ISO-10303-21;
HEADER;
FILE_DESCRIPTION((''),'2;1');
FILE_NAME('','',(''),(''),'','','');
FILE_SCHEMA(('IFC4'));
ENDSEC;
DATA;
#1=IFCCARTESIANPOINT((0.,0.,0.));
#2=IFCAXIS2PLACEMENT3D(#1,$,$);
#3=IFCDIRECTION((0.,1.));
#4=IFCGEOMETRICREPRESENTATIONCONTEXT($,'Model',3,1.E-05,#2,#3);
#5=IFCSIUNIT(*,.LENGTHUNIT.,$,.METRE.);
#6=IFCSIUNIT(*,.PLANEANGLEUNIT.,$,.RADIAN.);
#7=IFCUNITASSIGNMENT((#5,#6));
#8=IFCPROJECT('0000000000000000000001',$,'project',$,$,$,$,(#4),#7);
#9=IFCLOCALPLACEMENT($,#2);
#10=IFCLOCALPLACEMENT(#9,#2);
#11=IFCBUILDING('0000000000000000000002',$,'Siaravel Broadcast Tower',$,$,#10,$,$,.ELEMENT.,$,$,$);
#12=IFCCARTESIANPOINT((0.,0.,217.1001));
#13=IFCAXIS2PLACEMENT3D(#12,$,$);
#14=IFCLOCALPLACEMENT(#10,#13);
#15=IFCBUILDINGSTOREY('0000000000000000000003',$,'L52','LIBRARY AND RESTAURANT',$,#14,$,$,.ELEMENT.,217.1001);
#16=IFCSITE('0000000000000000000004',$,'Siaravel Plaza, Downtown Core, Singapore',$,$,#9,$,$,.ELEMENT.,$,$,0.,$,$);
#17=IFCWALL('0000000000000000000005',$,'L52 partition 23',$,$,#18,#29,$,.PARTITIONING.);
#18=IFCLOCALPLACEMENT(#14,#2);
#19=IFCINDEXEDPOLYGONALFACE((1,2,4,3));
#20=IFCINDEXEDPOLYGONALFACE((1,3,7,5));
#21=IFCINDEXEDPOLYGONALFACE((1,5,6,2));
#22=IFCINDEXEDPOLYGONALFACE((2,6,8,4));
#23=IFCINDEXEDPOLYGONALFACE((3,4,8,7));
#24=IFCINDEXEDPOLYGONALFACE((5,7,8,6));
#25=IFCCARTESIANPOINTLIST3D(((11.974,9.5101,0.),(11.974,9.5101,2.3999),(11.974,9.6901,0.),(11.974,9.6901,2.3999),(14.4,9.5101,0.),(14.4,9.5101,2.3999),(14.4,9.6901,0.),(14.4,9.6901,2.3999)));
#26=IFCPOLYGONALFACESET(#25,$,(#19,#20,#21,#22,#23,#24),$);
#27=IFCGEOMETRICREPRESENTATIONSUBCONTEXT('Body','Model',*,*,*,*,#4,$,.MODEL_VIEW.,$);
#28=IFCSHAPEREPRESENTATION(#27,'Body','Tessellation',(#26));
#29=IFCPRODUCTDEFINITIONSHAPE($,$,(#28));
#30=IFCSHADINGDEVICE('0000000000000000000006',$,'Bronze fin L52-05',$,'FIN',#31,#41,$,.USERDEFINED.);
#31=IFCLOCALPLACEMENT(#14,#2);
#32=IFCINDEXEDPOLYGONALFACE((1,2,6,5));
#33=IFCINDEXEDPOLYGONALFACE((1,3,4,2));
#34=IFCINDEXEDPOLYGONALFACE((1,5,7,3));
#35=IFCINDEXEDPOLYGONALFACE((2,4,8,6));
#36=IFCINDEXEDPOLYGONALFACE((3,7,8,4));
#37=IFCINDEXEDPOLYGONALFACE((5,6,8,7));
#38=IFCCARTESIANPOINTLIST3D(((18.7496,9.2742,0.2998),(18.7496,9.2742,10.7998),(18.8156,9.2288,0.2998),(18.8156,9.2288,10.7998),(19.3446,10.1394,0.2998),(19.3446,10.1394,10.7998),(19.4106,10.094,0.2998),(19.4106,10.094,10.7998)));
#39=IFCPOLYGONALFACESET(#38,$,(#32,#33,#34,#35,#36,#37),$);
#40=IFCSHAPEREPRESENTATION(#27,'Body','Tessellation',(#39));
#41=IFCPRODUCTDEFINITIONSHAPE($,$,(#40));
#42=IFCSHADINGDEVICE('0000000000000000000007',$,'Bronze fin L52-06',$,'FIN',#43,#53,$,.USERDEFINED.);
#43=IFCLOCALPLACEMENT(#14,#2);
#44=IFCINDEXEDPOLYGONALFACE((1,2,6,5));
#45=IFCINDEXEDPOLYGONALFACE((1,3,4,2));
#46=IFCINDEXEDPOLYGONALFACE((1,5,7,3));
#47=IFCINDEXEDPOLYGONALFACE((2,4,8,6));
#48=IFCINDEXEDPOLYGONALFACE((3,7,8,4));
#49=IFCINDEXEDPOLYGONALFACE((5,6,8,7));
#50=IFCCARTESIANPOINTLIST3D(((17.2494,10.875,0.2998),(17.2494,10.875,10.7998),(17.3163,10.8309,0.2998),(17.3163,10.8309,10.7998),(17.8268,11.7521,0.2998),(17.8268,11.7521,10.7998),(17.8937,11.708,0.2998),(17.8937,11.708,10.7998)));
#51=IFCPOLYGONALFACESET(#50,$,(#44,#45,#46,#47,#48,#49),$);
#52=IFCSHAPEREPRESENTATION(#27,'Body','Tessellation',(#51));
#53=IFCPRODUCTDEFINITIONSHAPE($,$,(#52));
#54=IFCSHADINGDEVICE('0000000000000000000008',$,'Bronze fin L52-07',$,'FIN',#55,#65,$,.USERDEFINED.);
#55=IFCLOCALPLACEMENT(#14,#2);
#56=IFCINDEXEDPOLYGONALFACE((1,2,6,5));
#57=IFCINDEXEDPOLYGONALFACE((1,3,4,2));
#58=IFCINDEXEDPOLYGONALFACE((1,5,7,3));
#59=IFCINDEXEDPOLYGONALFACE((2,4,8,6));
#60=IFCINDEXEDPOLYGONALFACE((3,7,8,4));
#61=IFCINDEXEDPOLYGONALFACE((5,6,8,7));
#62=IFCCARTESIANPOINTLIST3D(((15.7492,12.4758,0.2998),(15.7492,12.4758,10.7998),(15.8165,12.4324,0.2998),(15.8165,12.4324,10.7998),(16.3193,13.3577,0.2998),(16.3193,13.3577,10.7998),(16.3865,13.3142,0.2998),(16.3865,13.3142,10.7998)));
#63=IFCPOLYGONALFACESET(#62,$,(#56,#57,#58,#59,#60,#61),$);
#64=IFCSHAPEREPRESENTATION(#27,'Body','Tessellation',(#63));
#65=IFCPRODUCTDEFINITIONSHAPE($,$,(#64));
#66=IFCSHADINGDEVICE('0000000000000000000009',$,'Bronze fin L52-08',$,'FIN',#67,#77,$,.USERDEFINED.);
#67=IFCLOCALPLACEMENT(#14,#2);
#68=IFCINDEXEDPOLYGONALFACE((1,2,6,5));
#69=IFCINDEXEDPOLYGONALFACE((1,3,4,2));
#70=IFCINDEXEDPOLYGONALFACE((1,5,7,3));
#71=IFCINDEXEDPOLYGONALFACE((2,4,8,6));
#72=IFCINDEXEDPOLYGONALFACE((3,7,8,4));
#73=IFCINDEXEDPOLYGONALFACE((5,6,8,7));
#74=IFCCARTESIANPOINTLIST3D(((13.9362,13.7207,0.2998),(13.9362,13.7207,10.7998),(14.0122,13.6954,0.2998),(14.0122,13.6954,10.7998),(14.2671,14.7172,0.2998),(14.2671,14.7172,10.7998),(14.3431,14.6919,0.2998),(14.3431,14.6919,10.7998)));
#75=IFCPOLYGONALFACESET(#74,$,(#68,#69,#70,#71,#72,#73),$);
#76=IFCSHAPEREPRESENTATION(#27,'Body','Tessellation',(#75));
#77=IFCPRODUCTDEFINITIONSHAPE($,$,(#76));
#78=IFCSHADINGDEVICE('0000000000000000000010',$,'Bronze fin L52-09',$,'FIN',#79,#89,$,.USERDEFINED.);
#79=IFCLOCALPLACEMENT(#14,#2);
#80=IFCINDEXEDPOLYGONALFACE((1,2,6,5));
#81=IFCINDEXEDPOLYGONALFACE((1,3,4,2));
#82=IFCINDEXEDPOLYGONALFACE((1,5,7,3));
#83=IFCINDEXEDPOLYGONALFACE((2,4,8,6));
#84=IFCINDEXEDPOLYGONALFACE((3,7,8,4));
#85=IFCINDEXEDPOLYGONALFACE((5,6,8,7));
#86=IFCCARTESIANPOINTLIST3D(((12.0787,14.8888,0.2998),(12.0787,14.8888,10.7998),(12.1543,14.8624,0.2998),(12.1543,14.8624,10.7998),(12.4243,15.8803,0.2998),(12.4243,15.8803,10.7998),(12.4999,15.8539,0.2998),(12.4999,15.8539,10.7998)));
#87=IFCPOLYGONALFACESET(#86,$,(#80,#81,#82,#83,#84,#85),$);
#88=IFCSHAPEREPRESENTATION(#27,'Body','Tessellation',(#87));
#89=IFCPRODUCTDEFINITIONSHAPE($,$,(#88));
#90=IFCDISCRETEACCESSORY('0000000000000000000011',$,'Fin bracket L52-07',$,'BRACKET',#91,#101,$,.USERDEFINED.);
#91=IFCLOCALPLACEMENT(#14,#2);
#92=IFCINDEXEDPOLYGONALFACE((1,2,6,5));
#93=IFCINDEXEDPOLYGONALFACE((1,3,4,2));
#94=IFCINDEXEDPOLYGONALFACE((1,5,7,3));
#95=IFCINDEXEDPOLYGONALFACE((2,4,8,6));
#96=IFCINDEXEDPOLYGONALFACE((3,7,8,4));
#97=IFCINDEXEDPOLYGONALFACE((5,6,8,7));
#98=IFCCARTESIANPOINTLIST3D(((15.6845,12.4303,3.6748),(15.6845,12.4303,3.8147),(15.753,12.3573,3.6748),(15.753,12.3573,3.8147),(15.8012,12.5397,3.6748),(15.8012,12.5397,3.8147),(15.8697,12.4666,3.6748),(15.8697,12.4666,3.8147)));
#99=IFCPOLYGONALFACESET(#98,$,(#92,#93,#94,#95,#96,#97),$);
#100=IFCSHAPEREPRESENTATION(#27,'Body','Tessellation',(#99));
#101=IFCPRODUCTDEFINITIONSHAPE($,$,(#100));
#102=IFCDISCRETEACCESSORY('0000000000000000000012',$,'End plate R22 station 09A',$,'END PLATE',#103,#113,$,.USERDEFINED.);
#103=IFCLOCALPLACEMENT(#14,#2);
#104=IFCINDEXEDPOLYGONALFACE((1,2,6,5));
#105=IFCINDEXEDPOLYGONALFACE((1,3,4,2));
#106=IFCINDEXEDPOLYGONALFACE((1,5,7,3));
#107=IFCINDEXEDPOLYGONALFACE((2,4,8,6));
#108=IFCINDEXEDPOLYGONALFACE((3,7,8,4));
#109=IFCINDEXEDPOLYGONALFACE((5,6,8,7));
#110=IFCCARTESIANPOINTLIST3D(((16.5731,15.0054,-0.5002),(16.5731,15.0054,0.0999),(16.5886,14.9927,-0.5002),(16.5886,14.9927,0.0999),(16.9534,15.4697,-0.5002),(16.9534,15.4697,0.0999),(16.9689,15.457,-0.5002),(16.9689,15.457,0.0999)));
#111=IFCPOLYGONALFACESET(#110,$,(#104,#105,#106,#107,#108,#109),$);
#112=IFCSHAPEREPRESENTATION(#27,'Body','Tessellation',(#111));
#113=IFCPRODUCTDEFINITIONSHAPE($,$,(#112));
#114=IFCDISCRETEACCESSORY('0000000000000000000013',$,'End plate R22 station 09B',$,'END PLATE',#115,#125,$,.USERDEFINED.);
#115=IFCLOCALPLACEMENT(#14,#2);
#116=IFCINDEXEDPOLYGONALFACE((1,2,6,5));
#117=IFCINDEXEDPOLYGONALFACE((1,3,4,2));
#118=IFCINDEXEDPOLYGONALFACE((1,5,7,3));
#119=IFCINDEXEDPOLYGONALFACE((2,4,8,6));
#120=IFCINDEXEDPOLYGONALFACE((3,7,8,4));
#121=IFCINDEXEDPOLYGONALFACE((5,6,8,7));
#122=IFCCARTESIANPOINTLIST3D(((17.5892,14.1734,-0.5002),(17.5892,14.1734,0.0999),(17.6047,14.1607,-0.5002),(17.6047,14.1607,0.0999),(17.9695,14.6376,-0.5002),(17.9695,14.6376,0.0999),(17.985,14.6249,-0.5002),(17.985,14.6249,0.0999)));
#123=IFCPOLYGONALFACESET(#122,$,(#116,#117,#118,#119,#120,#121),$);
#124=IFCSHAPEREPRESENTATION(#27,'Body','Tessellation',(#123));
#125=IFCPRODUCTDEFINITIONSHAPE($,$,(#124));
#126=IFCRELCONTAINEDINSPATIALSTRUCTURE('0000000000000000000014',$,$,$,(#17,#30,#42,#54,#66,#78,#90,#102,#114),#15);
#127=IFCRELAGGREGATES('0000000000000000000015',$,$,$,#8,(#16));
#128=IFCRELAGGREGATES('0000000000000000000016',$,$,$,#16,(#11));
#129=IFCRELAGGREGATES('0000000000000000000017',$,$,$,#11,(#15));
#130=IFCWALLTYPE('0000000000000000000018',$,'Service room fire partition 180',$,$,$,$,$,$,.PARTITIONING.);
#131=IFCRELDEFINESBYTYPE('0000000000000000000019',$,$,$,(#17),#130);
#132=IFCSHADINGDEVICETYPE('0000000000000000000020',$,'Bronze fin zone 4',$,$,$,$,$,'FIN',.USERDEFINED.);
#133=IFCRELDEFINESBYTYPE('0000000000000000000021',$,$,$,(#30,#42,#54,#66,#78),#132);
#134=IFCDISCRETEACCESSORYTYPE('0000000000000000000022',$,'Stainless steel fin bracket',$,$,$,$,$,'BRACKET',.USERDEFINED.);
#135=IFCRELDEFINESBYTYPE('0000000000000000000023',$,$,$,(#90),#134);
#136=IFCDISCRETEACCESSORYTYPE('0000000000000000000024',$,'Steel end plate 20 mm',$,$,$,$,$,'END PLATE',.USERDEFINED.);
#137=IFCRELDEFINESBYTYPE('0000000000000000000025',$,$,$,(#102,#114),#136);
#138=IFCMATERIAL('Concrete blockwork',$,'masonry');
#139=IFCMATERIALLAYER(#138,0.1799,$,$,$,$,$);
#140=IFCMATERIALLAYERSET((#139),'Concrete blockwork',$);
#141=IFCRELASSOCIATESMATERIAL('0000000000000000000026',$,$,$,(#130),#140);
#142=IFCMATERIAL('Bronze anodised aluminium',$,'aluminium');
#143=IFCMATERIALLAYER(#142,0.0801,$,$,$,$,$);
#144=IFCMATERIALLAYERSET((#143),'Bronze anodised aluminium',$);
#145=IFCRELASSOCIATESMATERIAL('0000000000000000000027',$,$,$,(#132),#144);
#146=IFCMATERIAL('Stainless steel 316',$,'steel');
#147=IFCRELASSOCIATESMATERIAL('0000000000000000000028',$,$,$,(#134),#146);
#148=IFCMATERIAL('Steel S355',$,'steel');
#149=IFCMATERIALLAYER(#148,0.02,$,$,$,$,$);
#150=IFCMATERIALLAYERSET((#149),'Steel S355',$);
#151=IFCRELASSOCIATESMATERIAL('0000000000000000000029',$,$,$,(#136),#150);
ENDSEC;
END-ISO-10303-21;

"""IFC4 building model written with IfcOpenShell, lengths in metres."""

from ifc_helpers import new_model, si_unit, direction, frame, frame_2d, origin, origin_2d, place, context, subcontext, project, spatial, rectangle, extrude, material, layer, layer_set, type_object, element, save


model = new_model("IFC4")

# Units and contexts
model_context = context("Model", 3, precision=1e-05, world=origin(), true_north=direction((0.0, 1.0)))
body_context = subcontext(model_context, "Body", "Model", "MODEL_VIEW")
ifc_project = project(units=[si_unit("LENGTHUNIT", "METRE"), si_unit("PLANEANGLEUNIT", "RADIAN")], contexts=[model_context])

# Site, building, storey
site_placement = place(None, origin())
site = spatial("IfcSite", under=ifc_project, at=site_placement, Name="Siaravel Plaza, Downtown Core, Singapore", CompositionType="ELEMENT", RefElevation=0.0)
building_placement = place(site_placement, origin())
building = spatial("IfcBuilding", under=site, at=building_placement, Name="Siaravel Broadcast Tower", CompositionType="ELEMENT")
storey_placement = place(building_placement, frame((0.0, 0.0, 217.1001)))
storey = spatial("IfcBuildingStorey", under=building, at=storey_placement, Name="L52", Description="LIBRARY AND RESTAURANT", CompositionType="ELEMENT", Elevation=217.1001)

# Shared definitions
ifc_material_1 = material(Name="Steel S355", Category="steel")

# Wall
ifc_material_2 = material(Name="Concrete blockwork", Category="masonry")
ifc_layer_1 = layer(ifc_material_2, 0.1799)
ifc_layer_set_1 = layer_set([ifc_layer_1], Name="Concrete blockwork")
wall_type_1 = type_object("IfcWallType", Name="Service room fire partition 180", PredefinedType="PARTITIONING", material=ifc_layer_set_1)
wall_1_placement = place(storey_placement, frame((14.3999, 9.6001, 0.0), z_axis=(0.0, 0.0, 1.0), x_axis=(-1.0, 0.0, 0.0)))
element("IfcWall", 1, at=wall_1_placement, inside=storey, type_object=wall_type_1, Name="L52 partition 23", PredefinedType="PARTITIONING", context=body_context, shape_type="SweptSolid", body=[
    extrude(rectangle(XDim=2.426, YDim=0.1799, at=frame_2d((1.2129, 0.0))), origin(), (0.0, 0.0, 1.0), 2.3999),
])

# Shading devices
ifc_material_3 = material(Name="Bronze anodised aluminium", Category="aluminium")
ifc_layer_2 = layer(ifc_material_3, 0.0801)
ifc_layer_set_2 = layer_set([ifc_layer_2], Name="Bronze anodised aluminium")
shading_device_type = type_object("IfcShadingDeviceType", Name="Bronze fin zone 4", ElementType="FIN", PredefinedType="USERDEFINED", material=ifc_layer_set_2)
for number, where, z_axis, x_axis, name in (
    (2, (19.0801, 9.6841, 0.2998), (0.0, 0.0, 1.0), (0.566668, 0.823946, 0.0), "Bronze fin L52-05"),
    (3, (17.5715, 11.2915, 0.2998), (0.0, 0.0, 1.0), (0.549831, 0.835276, 0.0), "Bronze fin L52-06"),
    (4, (16.0679, 12.895, 0.2998), (0.0, 0.0, 1.0), (0.542884, 0.839808, 0.0), "Bronze fin L52-07"),
    (5, (14.1396, 14.2063, 0.2998), (0.0, 0.0, 1.0), (0.315175, 0.949033, 0.0), "Bronze fin L52-08"),
    (6, (12.2893, 15.3713, 0.2998), (0.0, 0.0, 1.0), (0.329188, 0.944264, 0.0), "Bronze fin L52-09"),
):
    element("IfcShadingDevice", number, at=place(storey_placement, frame(where, z_axis=z_axis, x_axis=x_axis)), inside=storey, type_object=shading_device_type, Name=name, ObjectType="FIN", PredefinedType="USERDEFINED", context=body_context, shape_type="SweptSolid", body=[
        extrude(rectangle(XDim=1.05, YDim=0.0801, at=origin_2d()), origin(), (0.0, 0.0, 1.0), 10.5),
    ])

# Discrete accessories
ifc_material_4 = material(Name="Stainless steel 316", Category="steel")
discrete_accessory_type_1 = type_object("IfcDiscreteAccessoryType", Name="Stainless steel fin bracket", ElementType="BRACKET", PredefinedType="USERDEFINED", material=ifc_material_4)
discrete_accessory_placement = place(storey_placement, frame((15.7771, 12.4485, 3.6748), z_axis=(0.0, 0.0, 1.0), x_axis=(0.729806, 0.683655, 0.0)))
element("IfcDiscreteAccessory", 7, at=discrete_accessory_placement, inside=storey, type_object=discrete_accessory_type_1, Name="Fin bracket L52-07", ObjectType="BRACKET", PredefinedType="USERDEFINED", context=body_context, shape_type="SweptSolid", body=[
    extrude(rectangle(XDim=0.1599, YDim=0.1001, at=origin_2d()), origin(), (0.0, 0.0, 1.0), 0.1399),
])
ifc_layer_3 = layer(ifc_material_1, 0.02)
ifc_layer_set_3 = layer_set([ifc_layer_3], Name="Steel S355")
discrete_accessory_type_2 = type_object("IfcDiscreteAccessoryType", Name="Steel end plate 20 mm", ElementType="END PLATE", PredefinedType="USERDEFINED", material=ifc_layer_set_3)
for number, where, z_axis, x_axis, name in (
    (8, (16.771, 15.2312, -0.5002), (0.0, 0.0, 1.0), (-0.773606, 0.633667, 0.0), "End plate R22 station 09A"),
    (9, (17.7871, 14.3992, -0.5002), (0.0, 0.0, 1.0), (-0.773606, 0.633667, 0.0), "End plate R22 station 09B"),
):
    element("IfcDiscreteAccessory", number, at=place(storey_placement, frame(where, z_axis=z_axis, x_axis=x_axis)), inside=storey, type_object=discrete_accessory_type_2, Name=name, ObjectType="END PLATE", PredefinedType="USERDEFINED", context=body_context, shape_type="SweptSolid", body=[
        extrude(rectangle(XDim=0.02, YDim=0.6001, at=origin_2d()), origin(), (0.0, 0.0, 1.0), 0.6001),
    ])

save(model, "model.ifc")
